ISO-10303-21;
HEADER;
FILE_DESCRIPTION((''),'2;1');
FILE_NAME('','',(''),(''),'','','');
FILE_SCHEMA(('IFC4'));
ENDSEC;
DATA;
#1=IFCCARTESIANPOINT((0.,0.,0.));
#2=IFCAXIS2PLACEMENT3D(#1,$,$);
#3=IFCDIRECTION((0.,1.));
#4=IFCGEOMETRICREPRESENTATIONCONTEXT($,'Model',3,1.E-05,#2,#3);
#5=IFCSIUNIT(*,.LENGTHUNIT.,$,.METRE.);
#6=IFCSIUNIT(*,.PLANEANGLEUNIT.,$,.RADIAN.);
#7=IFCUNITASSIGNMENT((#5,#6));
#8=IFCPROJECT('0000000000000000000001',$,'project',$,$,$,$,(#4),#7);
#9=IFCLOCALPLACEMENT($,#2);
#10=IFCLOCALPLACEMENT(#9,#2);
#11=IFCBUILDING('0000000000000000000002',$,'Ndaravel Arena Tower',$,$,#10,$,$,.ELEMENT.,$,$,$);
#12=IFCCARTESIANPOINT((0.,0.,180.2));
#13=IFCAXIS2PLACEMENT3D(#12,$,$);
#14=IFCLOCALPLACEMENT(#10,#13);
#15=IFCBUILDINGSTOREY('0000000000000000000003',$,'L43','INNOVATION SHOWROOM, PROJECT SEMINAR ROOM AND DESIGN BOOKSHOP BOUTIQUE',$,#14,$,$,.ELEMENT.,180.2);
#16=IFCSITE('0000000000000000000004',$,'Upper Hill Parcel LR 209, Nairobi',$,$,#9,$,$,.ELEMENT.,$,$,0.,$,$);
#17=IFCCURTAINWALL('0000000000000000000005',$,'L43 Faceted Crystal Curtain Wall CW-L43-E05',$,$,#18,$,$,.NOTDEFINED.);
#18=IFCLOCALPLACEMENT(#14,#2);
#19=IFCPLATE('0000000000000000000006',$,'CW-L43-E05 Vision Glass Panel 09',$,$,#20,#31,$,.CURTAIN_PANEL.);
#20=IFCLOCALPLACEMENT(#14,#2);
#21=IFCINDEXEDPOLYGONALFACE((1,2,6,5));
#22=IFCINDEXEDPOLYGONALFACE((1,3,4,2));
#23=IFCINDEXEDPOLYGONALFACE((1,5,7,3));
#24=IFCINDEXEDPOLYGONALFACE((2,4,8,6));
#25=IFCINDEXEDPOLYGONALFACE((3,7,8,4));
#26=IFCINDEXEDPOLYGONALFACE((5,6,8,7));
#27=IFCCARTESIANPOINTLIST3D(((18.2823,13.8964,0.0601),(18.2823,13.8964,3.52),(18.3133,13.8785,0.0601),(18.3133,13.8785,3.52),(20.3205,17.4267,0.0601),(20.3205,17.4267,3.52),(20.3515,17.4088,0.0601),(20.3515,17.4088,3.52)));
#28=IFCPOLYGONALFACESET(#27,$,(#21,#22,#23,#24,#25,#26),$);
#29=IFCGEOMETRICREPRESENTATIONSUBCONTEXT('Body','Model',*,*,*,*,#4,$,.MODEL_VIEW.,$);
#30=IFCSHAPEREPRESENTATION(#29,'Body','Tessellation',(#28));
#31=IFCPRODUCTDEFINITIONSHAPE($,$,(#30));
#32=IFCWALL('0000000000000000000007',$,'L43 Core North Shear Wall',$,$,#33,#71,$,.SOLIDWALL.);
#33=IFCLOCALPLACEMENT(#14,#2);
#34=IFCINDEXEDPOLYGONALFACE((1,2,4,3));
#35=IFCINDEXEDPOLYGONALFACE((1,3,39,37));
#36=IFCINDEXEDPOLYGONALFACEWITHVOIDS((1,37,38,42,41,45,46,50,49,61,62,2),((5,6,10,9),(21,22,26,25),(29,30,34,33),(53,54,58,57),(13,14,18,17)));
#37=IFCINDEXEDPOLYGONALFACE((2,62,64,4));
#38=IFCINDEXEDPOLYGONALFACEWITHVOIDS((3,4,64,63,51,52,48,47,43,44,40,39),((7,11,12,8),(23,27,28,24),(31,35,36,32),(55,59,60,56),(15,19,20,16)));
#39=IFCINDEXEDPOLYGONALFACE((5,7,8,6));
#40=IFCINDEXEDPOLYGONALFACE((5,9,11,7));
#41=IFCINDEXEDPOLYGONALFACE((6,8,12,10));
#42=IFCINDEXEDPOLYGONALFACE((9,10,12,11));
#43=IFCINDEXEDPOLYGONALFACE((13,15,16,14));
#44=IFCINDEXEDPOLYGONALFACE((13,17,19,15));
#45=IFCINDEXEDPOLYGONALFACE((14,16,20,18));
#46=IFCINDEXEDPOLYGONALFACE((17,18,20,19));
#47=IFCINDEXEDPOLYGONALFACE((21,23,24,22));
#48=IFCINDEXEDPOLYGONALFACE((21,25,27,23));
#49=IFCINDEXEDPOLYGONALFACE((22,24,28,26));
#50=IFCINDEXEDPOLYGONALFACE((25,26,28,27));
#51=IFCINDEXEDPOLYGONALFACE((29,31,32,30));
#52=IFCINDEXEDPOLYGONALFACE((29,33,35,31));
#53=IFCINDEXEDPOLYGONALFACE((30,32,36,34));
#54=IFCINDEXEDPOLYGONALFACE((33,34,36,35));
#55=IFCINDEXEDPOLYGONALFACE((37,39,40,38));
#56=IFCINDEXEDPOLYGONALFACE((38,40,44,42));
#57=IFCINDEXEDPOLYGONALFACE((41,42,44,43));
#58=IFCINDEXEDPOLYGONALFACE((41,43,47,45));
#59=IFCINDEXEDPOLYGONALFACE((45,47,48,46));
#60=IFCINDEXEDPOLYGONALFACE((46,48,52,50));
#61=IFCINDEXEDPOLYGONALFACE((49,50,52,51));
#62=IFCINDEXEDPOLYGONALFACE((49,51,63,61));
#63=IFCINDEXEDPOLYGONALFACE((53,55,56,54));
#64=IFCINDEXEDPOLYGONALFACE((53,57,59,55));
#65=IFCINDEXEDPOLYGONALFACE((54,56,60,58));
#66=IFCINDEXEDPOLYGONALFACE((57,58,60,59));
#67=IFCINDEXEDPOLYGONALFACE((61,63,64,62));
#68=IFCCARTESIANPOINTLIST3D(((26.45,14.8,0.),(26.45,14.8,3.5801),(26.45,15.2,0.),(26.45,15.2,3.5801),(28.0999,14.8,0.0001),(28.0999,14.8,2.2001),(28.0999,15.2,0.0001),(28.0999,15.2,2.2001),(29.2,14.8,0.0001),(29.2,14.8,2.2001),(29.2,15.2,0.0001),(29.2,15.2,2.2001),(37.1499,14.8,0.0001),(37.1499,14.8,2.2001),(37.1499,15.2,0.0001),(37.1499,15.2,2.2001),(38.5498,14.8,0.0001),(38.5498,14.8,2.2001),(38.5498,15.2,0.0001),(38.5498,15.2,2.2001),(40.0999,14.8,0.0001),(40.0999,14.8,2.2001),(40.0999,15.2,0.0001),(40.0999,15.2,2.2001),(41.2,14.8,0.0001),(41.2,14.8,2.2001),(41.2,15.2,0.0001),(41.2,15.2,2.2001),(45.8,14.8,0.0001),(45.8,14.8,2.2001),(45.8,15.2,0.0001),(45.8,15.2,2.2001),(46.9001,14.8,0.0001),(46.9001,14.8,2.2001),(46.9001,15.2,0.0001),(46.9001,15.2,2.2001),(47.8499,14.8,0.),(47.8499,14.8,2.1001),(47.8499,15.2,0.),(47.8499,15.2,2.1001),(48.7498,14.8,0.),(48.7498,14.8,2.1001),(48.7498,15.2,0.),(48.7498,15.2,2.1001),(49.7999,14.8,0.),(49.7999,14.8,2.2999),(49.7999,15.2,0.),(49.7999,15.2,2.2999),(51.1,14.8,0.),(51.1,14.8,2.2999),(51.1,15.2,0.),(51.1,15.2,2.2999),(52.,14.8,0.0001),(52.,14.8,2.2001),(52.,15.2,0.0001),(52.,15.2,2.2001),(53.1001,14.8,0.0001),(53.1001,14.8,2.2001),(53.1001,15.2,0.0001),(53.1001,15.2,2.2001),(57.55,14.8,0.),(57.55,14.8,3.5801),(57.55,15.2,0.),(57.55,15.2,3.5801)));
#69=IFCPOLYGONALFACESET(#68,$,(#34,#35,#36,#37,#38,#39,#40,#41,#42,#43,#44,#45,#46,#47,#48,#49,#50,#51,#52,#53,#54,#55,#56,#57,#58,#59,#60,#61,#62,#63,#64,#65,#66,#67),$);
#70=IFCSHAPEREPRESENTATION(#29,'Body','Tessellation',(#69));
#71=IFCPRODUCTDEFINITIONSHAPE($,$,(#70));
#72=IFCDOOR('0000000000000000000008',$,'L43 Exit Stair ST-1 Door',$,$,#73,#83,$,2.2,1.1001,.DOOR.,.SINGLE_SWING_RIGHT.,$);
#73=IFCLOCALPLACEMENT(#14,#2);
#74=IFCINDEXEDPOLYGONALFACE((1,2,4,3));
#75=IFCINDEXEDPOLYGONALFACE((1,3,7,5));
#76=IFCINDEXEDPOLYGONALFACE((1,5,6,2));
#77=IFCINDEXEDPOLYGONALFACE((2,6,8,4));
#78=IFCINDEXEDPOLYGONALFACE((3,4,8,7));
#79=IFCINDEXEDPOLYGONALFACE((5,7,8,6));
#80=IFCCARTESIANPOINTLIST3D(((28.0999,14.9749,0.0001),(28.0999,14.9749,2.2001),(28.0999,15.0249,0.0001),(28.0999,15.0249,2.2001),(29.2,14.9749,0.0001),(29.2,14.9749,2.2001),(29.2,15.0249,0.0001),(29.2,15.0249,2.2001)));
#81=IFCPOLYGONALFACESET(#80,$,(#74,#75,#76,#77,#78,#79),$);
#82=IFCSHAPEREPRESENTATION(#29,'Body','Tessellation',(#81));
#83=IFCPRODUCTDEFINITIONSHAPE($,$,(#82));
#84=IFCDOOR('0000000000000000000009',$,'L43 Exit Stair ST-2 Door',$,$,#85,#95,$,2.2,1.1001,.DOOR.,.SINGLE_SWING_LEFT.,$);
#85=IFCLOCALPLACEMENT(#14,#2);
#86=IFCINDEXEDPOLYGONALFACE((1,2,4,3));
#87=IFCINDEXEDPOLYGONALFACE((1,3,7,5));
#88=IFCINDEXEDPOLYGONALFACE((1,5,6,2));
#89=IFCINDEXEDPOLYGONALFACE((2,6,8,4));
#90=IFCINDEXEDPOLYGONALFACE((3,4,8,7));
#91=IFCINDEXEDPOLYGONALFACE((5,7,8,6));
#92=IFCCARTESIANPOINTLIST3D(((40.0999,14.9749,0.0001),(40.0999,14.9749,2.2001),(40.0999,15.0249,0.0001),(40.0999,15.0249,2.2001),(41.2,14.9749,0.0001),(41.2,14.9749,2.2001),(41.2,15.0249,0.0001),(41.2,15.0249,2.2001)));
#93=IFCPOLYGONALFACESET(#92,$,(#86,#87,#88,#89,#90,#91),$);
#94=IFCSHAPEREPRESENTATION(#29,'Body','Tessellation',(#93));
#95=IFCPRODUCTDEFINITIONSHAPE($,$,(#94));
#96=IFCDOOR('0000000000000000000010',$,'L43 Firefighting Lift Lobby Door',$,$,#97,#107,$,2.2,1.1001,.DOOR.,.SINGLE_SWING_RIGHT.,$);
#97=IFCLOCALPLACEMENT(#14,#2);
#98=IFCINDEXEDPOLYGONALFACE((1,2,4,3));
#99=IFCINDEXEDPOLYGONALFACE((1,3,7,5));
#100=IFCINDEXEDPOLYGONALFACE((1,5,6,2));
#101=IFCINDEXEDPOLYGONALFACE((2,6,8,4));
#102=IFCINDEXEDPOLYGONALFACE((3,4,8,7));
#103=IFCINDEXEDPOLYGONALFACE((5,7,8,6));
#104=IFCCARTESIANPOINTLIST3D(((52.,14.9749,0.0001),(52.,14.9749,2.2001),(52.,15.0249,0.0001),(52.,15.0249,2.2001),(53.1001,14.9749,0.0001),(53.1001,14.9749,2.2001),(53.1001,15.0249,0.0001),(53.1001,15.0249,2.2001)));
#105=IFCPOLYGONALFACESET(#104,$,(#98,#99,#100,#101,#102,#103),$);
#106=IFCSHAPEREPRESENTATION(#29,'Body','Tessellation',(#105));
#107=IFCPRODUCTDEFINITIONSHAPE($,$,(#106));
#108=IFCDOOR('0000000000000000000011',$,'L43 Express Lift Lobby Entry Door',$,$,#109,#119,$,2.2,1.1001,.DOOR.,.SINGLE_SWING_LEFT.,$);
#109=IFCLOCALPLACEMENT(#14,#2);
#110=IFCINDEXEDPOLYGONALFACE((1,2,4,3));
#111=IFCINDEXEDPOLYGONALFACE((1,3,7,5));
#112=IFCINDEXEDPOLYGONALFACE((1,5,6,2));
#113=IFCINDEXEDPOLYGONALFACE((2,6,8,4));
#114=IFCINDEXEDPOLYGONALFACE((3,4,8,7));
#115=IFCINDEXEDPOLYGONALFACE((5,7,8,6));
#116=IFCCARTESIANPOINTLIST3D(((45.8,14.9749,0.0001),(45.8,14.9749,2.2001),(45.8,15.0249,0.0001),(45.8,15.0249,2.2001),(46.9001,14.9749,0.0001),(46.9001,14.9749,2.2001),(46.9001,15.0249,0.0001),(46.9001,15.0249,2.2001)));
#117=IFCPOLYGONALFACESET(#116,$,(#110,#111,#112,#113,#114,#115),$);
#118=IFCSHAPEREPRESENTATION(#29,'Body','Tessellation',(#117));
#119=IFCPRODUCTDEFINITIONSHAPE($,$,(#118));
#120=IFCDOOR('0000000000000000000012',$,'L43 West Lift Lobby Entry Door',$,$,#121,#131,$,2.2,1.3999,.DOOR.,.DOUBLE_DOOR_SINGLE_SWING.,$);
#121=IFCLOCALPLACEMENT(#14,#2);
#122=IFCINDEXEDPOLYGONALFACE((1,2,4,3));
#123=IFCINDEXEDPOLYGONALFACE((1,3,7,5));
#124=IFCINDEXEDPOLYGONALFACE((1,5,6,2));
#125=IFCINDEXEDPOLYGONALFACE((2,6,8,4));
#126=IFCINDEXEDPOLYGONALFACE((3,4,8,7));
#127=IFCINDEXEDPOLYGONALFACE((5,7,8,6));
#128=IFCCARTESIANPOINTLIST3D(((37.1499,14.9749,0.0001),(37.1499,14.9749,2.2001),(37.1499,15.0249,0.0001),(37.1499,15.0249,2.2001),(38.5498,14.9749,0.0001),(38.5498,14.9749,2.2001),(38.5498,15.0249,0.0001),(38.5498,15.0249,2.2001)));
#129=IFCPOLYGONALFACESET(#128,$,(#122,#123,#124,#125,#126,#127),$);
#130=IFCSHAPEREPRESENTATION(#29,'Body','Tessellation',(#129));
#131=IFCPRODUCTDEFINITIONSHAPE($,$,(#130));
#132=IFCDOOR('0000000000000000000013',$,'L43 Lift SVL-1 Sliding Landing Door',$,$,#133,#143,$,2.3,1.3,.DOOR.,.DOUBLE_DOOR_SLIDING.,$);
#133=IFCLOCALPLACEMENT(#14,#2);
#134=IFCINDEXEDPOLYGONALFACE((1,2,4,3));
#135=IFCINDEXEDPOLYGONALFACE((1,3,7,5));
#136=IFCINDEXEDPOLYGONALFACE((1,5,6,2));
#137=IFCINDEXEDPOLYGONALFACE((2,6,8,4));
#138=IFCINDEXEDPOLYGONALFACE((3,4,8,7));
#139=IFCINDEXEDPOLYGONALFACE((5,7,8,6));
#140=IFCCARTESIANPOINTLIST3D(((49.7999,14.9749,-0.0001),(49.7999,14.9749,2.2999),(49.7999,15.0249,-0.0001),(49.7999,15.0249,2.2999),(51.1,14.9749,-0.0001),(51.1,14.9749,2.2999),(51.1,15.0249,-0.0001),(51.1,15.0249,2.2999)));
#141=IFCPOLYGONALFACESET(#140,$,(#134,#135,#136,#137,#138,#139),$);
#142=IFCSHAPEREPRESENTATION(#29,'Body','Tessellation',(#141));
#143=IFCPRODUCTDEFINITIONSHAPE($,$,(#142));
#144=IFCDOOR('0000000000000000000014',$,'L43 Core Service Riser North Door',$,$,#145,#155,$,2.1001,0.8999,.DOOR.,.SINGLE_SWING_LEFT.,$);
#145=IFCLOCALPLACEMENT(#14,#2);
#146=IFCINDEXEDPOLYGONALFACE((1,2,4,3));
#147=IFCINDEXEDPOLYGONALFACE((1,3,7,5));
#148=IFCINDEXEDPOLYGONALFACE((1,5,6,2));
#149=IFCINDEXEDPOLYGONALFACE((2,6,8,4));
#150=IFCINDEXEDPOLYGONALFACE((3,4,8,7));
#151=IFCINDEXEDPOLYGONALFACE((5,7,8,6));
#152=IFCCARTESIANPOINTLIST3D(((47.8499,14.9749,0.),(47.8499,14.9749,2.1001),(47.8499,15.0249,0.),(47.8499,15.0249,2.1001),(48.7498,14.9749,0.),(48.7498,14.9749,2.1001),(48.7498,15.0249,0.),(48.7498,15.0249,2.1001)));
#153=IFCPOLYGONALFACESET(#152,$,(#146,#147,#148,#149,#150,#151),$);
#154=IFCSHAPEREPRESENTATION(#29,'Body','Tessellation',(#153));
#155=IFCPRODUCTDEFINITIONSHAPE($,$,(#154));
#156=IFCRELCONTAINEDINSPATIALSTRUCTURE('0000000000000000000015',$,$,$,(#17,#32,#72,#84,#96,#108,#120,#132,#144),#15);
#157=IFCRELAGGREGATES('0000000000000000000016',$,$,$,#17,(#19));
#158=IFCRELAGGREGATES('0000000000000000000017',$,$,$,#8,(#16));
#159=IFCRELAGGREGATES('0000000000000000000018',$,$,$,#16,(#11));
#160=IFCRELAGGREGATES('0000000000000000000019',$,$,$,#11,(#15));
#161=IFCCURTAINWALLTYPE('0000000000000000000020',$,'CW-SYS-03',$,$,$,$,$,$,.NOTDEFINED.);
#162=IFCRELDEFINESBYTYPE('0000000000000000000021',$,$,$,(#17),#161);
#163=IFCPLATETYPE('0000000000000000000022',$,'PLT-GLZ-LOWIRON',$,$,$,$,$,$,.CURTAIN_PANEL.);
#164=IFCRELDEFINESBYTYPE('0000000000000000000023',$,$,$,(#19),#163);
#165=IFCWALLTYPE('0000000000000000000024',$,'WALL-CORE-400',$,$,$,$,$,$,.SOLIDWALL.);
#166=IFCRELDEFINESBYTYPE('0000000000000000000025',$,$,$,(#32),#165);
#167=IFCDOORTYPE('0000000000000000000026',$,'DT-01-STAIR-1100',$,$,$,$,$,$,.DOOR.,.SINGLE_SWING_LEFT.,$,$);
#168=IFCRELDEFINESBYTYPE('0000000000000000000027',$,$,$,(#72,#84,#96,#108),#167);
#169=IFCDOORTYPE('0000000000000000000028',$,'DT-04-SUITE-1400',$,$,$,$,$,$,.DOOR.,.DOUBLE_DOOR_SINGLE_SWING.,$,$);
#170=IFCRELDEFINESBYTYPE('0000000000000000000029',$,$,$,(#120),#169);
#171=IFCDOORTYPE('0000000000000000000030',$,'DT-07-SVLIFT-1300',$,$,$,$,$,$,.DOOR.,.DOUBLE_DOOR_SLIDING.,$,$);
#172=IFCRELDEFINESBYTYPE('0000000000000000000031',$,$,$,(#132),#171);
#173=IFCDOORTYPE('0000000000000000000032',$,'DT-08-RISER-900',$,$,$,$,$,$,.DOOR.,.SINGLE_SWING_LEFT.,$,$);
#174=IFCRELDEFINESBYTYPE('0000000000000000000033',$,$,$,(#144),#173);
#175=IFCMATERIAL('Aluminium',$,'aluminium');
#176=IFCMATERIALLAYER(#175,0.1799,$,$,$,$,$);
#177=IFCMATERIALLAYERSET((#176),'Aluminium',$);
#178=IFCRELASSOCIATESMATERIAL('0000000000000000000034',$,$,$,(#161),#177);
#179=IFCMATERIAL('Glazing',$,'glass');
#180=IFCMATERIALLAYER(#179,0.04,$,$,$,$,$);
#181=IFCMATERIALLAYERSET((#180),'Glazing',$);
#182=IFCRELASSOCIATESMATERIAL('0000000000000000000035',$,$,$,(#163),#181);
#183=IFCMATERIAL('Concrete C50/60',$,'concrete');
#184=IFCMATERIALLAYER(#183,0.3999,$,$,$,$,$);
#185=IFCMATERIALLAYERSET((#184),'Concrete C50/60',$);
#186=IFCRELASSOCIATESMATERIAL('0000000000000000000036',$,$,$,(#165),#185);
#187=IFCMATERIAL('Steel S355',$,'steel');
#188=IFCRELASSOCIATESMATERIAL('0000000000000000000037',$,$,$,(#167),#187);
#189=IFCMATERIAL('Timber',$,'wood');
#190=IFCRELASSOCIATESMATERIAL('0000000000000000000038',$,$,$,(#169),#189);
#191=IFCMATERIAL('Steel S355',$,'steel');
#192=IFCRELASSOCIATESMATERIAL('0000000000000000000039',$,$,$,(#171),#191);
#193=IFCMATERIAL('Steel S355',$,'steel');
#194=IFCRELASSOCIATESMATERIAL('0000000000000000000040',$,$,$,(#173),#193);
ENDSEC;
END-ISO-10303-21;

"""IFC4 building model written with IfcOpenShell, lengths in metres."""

from ifc_helpers import new_model, si_unit, direction, frame, frame_2d, origin, origin_2d, place, context, subcontext, project, spatial, rectangle, extrude, material, layer, layer_set, type_object, element, fill, aggregate, save


model = new_model("IFC4")

# Units and contexts
model_context = context("Model", 3, precision=1e-05, world=origin(), true_north=direction((0.0, 1.0)))
body_context = subcontext(model_context, "Body", "Model", "MODEL_VIEW")
ifc_project = project(units=[si_unit("LENGTHUNIT", "METRE"), si_unit("PLANEANGLEUNIT", "RADIAN")], contexts=[model_context])

# Site, building, storey
site_placement = place(None, origin())
site = spatial("IfcSite", under=ifc_project, at=site_placement, Name="Upper Hill Parcel LR 209, Nairobi", CompositionType="ELEMENT", RefElevation=0.0)
building_placement = place(site_placement, origin())
building = spatial("IfcBuilding", under=site, at=building_placement, Name="Ndaravel Arena Tower", CompositionType="ELEMENT")
storey_placement = place(building_placement, frame((0.0, 0.0, 180.2)))
storey = spatial("IfcBuildingStorey", under=building, at=storey_placement, Name="L43", Description="INNOVATION SHOWROOM, PROJECT SEMINAR ROOM AND DESIGN BOOKSHOP BOUTIQUE", CompositionType="ELEMENT", Elevation=180.2)

# Curtain wall, plate
ifc_material_1 = material(Name="Aluminium", Category="aluminium")
ifc_layer_1 = layer(ifc_material_1, 0.1799)
ifc_layer_set_1 = layer_set([ifc_layer_1], Name="Aluminium")
curtain_wall_type = type_object("IfcCurtainWallType", Name="CW-SYS-03", PredefinedType="NOTDEFINED", material=ifc_layer_set_1)
curtain_wall_placement = place(storey_placement, origin())
curtain_wall = element("IfcCurtainWall", 1, at=curtain_wall_placement, inside=storey, type_object=curtain_wall_type, Name="L43 Faceted Crystal Curtain Wall CW-L43-E05", PredefinedType="NOTDEFINED")
ifc_material_2 = material(Name="Glazing", Category="glass")
ifc_layer_2 = layer(ifc_material_2, 0.04)
ifc_layer_set_2 = layer_set([ifc_layer_2], Name="Glazing")
plate_type = type_object("IfcPlateType", Name="PLT-GLZ-LOWIRON", PredefinedType="CURTAIN_PANEL", material=ifc_layer_set_2)
plate_1_placement = place(storey_placement, frame((19.3169, 15.6526, 0.0601), z_axis=(0.0, 0.0, 1.0), x_axis=(-0.5, -0.866025, 0.0)))
plate_1 = element("IfcPlate", 2, at=plate_1_placement, type_object=plate_type, Name="CW-L43-E05 Vision Glass Panel 09", PredefinedType="CURTAIN_PANEL", context=body_context, shape_type="SweptSolid", body=[
    extrude(rectangle(XDim=4.0764, YDim=0.0359, at=origin_2d()), origin(), (0.0, 0.0, 1.0), 3.46),
])
aggregate(curtain_wall, [plate_1])

# Wall, openings, doors
ifc_material_3 = material(Name="Concrete C50/60", Category="concrete")
ifc_layer_3 = layer(ifc_material_3, 0.3999)
ifc_layer_set_3 = layer_set([ifc_layer_3], Name="Concrete C50/60")
wall_type_1 = type_object("IfcWallType", Name="WALL-CORE-400", PredefinedType="SOLIDWALL", material=ifc_layer_set_3)
wall_1_placement = place(storey_placement, frame((26.45, 15.0, 0.0), z_axis=(0.0, 0.0, 1.0), x_axis=(1.0, 0.0, 0.0)))
wall_1 = element("IfcWall", 3, at=wall_1_placement, inside=storey, type_object=wall_type_1, Name="L43 Core North Shear Wall", PredefinedType="SOLIDWALL", context=body_context, shape_type="SweptSolid", body=[
    extrude(rectangle(XDim=31.1001, YDim=0.3999, at=frame_2d((15.55, 0.0))), origin(), (0.0, 0.0, 1.0), 3.5801),
])
opening_1_placement = place(wall_1_placement, frame((1.6499, 0.0, 0.0)))
opening_1 = element("IfcOpeningElement", 4, at=opening_1_placement, cuts=wall_1, PredefinedType="OPENING", context=body_context, shape_type="SweptSolid", body=[
    extrude(rectangle(XDim=1.1001, YDim=2.2, at=frame_2d((0.55, 1.1001))), frame((0.0, 0.2, 0.0), z_axis=(0.0, -1.0, 0.0), x_axis=(1.0, 0.0, 0.0)), (0.0, 0.0, 1.0), 0.3999),
])
opening_2_placement = place(wall_1_placement, frame((13.6499, 0.0, 0.0)))
opening_2 = element("IfcOpeningElement", 5, at=opening_2_placement, cuts=wall_1, PredefinedType="OPENING", context=body_context, shape_type="SweptSolid", body=[
    extrude(rectangle(XDim=1.1001, YDim=2.2, at=frame_2d((0.55, 1.1001))), frame((0.0, 0.2, 0.0), z_axis=(0.0, -1.0, 0.0), x_axis=(1.0, 0.0, 0.0)), (0.0, 0.0, 1.0), 0.3999),
])
opening_3_placement = place(wall_1_placement, frame((25.55, 0.0, 0.0)))
opening_3 = element("IfcOpeningElement", 6, at=opening_3_placement, cuts=wall_1, PredefinedType="OPENING", context=body_context, shape_type="SweptSolid", body=[
    extrude(rectangle(XDim=1.1001, YDim=2.2, at=frame_2d((0.55, 1.1001))), frame((0.0, 0.2, 0.0), z_axis=(0.0, -1.0, 0.0), x_axis=(1.0, 0.0, 0.0)), (0.0, 0.0, 1.0), 0.3999),
])
opening_4_placement = place(wall_1_placement, frame((10.7, 0.0, 0.0)))
opening_4 = element("IfcOpeningElement", 7, at=opening_4_placement, cuts=wall_1, PredefinedType="OPENING", context=body_context, shape_type="SweptSolid", body=[
    extrude(rectangle(XDim=1.3999, YDim=2.2, at=frame_2d((0.7, 1.1001))), frame((0.0, 0.2, 0.0), z_axis=(0.0, -1.0, 0.0), x_axis=(1.0, 0.0, 0.0)), (0.0, 0.0, 1.0), 0.3999),
])
opening_5_placement = place(wall_1_placement, frame((19.3501, 0.0, 0.0)))
opening_5 = element("IfcOpeningElement", 8, at=opening_5_placement, cuts=wall_1, PredefinedType="OPENING", context=body_context, shape_type="SweptSolid", body=[
    extrude(rectangle(XDim=1.1001, YDim=2.2, at=frame_2d((0.55, 1.1001))), frame((0.0, 0.2, 0.0), z_axis=(0.0, -1.0, 0.0), x_axis=(1.0, 0.0, 0.0)), (0.0, 0.0, 1.0), 0.3999),
])
opening_6_placement = place(wall_1_placement, frame((21.3999, 0.0, 0.0)))
opening_6 = element("IfcOpeningElement", 9, at=opening_6_placement, cuts=wall_1, PredefinedType="OPENING", context=body_context, shape_type="SweptSolid", body=[
    extrude(rectangle(XDim=0.8999, YDim=2.1001, at=frame_2d((0.45, 1.05))), frame((0.0, 0.2, 0.0), z_axis=(0.0, -1.0, 0.0), x_axis=(1.0, 0.0, 0.0)), (0.0, 0.0, 1.0), 0.3999),
])
opening_7_placement = place(wall_1_placement, frame((23.3501, 0.0, 0.0)))
opening_7 = element("IfcOpeningElement", 10, at=opening_7_placement, cuts=wall_1, PredefinedType="OPENING", context=body_context, shape_type="SweptSolid", body=[
    extrude(rectangle(XDim=1.3, YDim=2.3, at=frame_2d((0.6499, 1.1499))), frame((0.0, 0.2, 0.0), z_axis=(0.0, -1.0, 0.0), x_axis=(1.0, 0.0, 0.0)), (0.0, 0.0, 1.0), 0.3999),
])
ifc_material_4 = material(Name="Steel S355", Category="steel")
door_type_1 = type_object("IfcDoorType", Name="DT-01-STAIR-1100", OperationType="SINGLE_SWING_LEFT", PredefinedType="DOOR", material=ifc_material_4)
door_1_placement = place(opening_1_placement, origin())
door_1 = element("IfcDoor", 11, at=door_1_placement, inside=storey, type_object=door_type_1, Name="L43 Exit Stair ST-1 Door", OperationType="SINGLE_SWING_RIGHT", OverallHeight=2.2, OverallWidth=1.1001, PredefinedType="DOOR", context=body_context, shape_type="SweptSolid", body=[
    extrude(rectangle(XDim=1.1001, YDim=2.2, at=frame_2d((0.55, 1.1001))), frame((0.0, 0.0249, 0.0), z_axis=(0.0, -1.0, 0.0), x_axis=(1.0, 0.0, 0.0)), (0.0, 0.0, 1.0), 0.05),
])
fill(opening_1, door_1)
door_2_placement = place(opening_2_placement, origin())
door_2 = element("IfcDoor", 12, at=door_2_placement, inside=storey, type_object=door_type_1, Name="L43 Exit Stair ST-2 Door", OperationType="SINGLE_SWING_LEFT", OverallHeight=2.2, OverallWidth=1.1001, PredefinedType="DOOR", context=body_context, shape_type="SweptSolid", body=[
    extrude(rectangle(XDim=1.1001, YDim=2.2, at=frame_2d((0.55, 1.1001))), frame((0.0, 0.0249, 0.0), z_axis=(0.0, -1.0, 0.0), x_axis=(1.0, 0.0, 0.0)), (0.0, 0.0, 1.0), 0.05),
])
fill(opening_2, door_2)
door_3_placement = place(opening_3_placement, origin())
door_3 = element("IfcDoor", 13, at=door_3_placement, inside=storey, type_object=door_type_1, Name="L43 Firefighting Lift Lobby Door", OperationType="SINGLE_SWING_RIGHT", OverallHeight=2.2, OverallWidth=1.1001, PredefinedType="DOOR", context=body_context, shape_type="SweptSolid", body=[
    extrude(rectangle(XDim=1.1001, YDim=2.2, at=frame_2d((0.55, 1.1001))), frame((0.0, 0.0249, 0.0), z_axis=(0.0, -1.0, 0.0), x_axis=(1.0, 0.0, 0.0)), (0.0, 0.0, 1.0), 0.05),
])
fill(opening_3, door_3)
door_4_placement = place(opening_5_placement, origin())
door_4 = element("IfcDoor", 14, at=door_4_placement, inside=storey, type_object=door_type_1, Name="L43 Express Lift Lobby Entry Door", OperationType="SINGLE_SWING_LEFT", OverallHeight=2.2, OverallWidth=1.1001, PredefinedType="DOOR", context=body_context, shape_type="SweptSolid", body=[
    extrude(rectangle(XDim=1.1001, YDim=2.2, at=frame_2d((0.55, 1.1001))), frame((0.0, 0.0249, 0.0), z_axis=(0.0, -1.0, 0.0), x_axis=(1.0, 0.0, 0.0)), (0.0, 0.0, 1.0), 0.05),
])
fill(opening_5, door_4)
ifc_material_5 = material(Name="Timber", Category="wood")
door_type_2 = type_object("IfcDoorType", Name="DT-04-SUITE-1400", OperationType="DOUBLE_DOOR_SINGLE_SWING", PredefinedType="DOOR", material=ifc_material_5)
door_5_placement = place(opening_4_placement, origin())
door_5 = element("IfcDoor", 15, at=door_5_placement, inside=storey, type_object=door_type_2, Name="L43 West Lift Lobby Entry Door", OperationType="DOUBLE_DOOR_SINGLE_SWING", OverallHeight=2.2, OverallWidth=1.3999, PredefinedType="DOOR", context=body_context, shape_type="SweptSolid", body=[
    extrude(rectangle(XDim=1.3999, YDim=2.2, at=frame_2d((0.7, 1.1001))), frame((0.0, 0.0249, 0.0), z_axis=(0.0, -1.0, 0.0), x_axis=(1.0, 0.0, 0.0)), (0.0, 0.0, 1.0), 0.05),
])
fill(opening_4, door_5)
ifc_material_6 = material(Name="Steel S355", Category="steel")
door_type_3 = type_object("IfcDoorType", Name="DT-07-SVLIFT-1300", OperationType="DOUBLE_DOOR_SLIDING", PredefinedType="DOOR", material=ifc_material_6)
door_6_placement = place(opening_7_placement, origin())
door_6 = element("IfcDoor", 16, at=door_6_placement, inside=storey, type_object=door_type_3, Name="L43 Lift SVL-1 Sliding Landing Door", OperationType="DOUBLE_DOOR_SLIDING", OverallHeight=2.3, OverallWidth=1.3, PredefinedType="DOOR", context=body_context, shape_type="SweptSolid", body=[
    extrude(rectangle(XDim=1.3, YDim=2.3, at=frame_2d((0.6499, 1.1499))), frame((0.0, 0.0249, 0.0), z_axis=(0.0, -1.0, 0.0), x_axis=(1.0, 0.0, 0.0)), (0.0, 0.0, 1.0), 0.05),
])
fill(opening_7, door_6)
ifc_material_7 = material(Name="Steel S355", Category="steel")
door_type_4 = type_object("IfcDoorType", Name="DT-08-RISER-900", OperationType="SINGLE_SWING_LEFT", PredefinedType="DOOR", material=ifc_material_7)
door_7_placement = place(opening_6_placement, origin())
door_7 = element("IfcDoor", 17, at=door_7_placement, inside=storey, type_object=door_type_4, Name="L43 Core Service Riser North Door", OperationType="SINGLE_SWING_LEFT", OverallHeight=2.1001, OverallWidth=0.8999, PredefinedType="DOOR", context=body_context, shape_type="SweptSolid", body=[
    extrude(rectangle(XDim=0.8999, YDim=2.1001, at=frame_2d((0.45, 1.05))), frame((0.0, 0.0249, 0.0), z_axis=(0.0, -1.0, 0.0), x_axis=(1.0, 0.0, 0.0)), (0.0, 0.0, 1.0), 0.05),
])
fill(opening_6, door_7)

save(model, "model.ifc")
